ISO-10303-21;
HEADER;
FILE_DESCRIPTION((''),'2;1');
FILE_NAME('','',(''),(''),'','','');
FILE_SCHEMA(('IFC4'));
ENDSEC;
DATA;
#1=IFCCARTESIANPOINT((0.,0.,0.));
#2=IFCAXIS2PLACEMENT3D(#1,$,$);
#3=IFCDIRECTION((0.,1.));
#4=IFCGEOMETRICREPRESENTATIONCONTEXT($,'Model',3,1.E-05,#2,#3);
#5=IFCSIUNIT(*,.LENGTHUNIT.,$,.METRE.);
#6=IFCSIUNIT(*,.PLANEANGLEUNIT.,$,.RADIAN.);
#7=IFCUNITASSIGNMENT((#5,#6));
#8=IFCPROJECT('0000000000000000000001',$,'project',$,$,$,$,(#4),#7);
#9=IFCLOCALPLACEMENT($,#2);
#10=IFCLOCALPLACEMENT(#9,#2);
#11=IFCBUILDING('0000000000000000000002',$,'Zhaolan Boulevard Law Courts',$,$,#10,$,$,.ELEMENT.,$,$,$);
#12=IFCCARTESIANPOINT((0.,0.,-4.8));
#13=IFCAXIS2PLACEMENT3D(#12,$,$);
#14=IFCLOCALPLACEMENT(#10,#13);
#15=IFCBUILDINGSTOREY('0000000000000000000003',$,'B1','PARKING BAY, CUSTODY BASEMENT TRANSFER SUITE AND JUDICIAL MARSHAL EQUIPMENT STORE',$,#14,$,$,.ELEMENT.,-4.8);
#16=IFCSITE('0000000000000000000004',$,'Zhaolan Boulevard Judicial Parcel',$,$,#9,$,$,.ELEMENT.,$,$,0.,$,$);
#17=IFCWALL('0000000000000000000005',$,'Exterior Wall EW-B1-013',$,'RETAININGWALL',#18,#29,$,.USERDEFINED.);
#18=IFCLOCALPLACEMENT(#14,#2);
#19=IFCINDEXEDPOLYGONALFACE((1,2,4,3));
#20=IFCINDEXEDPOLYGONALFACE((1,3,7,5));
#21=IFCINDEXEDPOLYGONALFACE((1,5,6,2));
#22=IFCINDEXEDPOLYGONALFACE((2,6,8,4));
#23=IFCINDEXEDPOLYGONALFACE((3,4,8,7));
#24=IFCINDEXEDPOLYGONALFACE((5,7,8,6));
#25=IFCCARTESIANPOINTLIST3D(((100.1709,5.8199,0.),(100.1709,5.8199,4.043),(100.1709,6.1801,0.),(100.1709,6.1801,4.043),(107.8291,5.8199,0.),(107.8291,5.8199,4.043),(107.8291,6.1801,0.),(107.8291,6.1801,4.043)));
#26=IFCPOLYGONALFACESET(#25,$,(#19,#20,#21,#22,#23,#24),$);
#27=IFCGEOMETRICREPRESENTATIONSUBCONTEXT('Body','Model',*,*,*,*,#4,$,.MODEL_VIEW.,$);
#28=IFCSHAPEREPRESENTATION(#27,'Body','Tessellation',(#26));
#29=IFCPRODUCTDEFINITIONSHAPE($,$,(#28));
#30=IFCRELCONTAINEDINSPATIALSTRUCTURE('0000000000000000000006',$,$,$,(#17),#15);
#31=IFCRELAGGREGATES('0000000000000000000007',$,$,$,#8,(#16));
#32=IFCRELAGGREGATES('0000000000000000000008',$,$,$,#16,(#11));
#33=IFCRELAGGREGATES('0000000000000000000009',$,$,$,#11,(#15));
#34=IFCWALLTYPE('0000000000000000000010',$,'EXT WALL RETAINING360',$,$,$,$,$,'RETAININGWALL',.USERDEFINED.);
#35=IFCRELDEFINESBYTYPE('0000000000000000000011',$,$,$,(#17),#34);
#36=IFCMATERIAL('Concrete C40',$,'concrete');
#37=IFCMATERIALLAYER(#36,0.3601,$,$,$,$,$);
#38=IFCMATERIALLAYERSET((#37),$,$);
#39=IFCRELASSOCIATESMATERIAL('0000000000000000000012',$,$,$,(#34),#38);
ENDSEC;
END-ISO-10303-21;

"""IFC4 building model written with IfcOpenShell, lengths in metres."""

from ifc_helpers import new_model, si_unit, direction, frame, frame_2d, origin, place, context, subcontext, project, spatial, rectangle, extrude, material, layer, layer_set, type_object, element, save


model = new_model("IFC4")

# Units and contexts
model_context = context("Model", 3, precision=1e-05, world=origin(), true_north=direction((0.0, 1.0)))
body_context = subcontext(model_context, "Body", "Model", "MODEL_VIEW")
ifc_project = project(units=[si_unit("LENGTHUNIT", "METRE"), si_unit("PLANEANGLEUNIT", "RADIAN")], contexts=[model_context])

# Site, building, storey
site_placement = place(None, origin())
site = spatial("IfcSite", under=ifc_project, at=site_placement, Name="Zhaolan Boulevard Judicial Parcel", CompositionType="ELEMENT", RefElevation=0.0)
building_placement = place(site_placement, origin())
building = spatial("IfcBuilding", under=site, at=building_placement, Name="Zhaolan Boulevard Law Courts", CompositionType="ELEMENT")
storey_placement = place(building_placement, frame((0.0, 0.0, -4.8)))
storey = spatial("IfcBuildingStorey", under=building, at=storey_placement, Name="B1", Description="PARKING BAY, CUSTODY BASEMENT TRANSFER SUITE AND JUDICIAL MARSHAL EQUIPMENT STORE", CompositionType="ELEMENT", Elevation=-4.8)

# Wall
ifc_material_1 = material(Name="Concrete C40", Category="concrete")
ifc_layer_1 = layer(ifc_material_1, 0.3601)
ifc_layer_set_1 = layer_set([ifc_layer_1])
wall_type = type_object("IfcWallType", Name="EXT WALL RETAINING360", ElementType="RETAININGWALL", PredefinedType="USERDEFINED", material=ifc_layer_set_1)
wall_placement = place(storey_placement, frame((100.1709, 6.0, 0.0), z_axis=(0.0, 0.0, 1.0), x_axis=(1.0, 0.0, 0.0)))
element("IfcWall", 1, at=wall_placement, inside=storey, type_object=wall_type, Name="Exterior Wall EW-B1-013", ObjectType="RETAININGWALL", PredefinedType="USERDEFINED", context=body_context, shape_type="SweptSolid", body=[
    extrude(rectangle(XDim=7.6582, YDim=0.3601, at=frame_2d((3.8291, 0.0))), origin(), (0.0, 0.0, 1.0), 4.043),
])

save(model, "model.ifc")
